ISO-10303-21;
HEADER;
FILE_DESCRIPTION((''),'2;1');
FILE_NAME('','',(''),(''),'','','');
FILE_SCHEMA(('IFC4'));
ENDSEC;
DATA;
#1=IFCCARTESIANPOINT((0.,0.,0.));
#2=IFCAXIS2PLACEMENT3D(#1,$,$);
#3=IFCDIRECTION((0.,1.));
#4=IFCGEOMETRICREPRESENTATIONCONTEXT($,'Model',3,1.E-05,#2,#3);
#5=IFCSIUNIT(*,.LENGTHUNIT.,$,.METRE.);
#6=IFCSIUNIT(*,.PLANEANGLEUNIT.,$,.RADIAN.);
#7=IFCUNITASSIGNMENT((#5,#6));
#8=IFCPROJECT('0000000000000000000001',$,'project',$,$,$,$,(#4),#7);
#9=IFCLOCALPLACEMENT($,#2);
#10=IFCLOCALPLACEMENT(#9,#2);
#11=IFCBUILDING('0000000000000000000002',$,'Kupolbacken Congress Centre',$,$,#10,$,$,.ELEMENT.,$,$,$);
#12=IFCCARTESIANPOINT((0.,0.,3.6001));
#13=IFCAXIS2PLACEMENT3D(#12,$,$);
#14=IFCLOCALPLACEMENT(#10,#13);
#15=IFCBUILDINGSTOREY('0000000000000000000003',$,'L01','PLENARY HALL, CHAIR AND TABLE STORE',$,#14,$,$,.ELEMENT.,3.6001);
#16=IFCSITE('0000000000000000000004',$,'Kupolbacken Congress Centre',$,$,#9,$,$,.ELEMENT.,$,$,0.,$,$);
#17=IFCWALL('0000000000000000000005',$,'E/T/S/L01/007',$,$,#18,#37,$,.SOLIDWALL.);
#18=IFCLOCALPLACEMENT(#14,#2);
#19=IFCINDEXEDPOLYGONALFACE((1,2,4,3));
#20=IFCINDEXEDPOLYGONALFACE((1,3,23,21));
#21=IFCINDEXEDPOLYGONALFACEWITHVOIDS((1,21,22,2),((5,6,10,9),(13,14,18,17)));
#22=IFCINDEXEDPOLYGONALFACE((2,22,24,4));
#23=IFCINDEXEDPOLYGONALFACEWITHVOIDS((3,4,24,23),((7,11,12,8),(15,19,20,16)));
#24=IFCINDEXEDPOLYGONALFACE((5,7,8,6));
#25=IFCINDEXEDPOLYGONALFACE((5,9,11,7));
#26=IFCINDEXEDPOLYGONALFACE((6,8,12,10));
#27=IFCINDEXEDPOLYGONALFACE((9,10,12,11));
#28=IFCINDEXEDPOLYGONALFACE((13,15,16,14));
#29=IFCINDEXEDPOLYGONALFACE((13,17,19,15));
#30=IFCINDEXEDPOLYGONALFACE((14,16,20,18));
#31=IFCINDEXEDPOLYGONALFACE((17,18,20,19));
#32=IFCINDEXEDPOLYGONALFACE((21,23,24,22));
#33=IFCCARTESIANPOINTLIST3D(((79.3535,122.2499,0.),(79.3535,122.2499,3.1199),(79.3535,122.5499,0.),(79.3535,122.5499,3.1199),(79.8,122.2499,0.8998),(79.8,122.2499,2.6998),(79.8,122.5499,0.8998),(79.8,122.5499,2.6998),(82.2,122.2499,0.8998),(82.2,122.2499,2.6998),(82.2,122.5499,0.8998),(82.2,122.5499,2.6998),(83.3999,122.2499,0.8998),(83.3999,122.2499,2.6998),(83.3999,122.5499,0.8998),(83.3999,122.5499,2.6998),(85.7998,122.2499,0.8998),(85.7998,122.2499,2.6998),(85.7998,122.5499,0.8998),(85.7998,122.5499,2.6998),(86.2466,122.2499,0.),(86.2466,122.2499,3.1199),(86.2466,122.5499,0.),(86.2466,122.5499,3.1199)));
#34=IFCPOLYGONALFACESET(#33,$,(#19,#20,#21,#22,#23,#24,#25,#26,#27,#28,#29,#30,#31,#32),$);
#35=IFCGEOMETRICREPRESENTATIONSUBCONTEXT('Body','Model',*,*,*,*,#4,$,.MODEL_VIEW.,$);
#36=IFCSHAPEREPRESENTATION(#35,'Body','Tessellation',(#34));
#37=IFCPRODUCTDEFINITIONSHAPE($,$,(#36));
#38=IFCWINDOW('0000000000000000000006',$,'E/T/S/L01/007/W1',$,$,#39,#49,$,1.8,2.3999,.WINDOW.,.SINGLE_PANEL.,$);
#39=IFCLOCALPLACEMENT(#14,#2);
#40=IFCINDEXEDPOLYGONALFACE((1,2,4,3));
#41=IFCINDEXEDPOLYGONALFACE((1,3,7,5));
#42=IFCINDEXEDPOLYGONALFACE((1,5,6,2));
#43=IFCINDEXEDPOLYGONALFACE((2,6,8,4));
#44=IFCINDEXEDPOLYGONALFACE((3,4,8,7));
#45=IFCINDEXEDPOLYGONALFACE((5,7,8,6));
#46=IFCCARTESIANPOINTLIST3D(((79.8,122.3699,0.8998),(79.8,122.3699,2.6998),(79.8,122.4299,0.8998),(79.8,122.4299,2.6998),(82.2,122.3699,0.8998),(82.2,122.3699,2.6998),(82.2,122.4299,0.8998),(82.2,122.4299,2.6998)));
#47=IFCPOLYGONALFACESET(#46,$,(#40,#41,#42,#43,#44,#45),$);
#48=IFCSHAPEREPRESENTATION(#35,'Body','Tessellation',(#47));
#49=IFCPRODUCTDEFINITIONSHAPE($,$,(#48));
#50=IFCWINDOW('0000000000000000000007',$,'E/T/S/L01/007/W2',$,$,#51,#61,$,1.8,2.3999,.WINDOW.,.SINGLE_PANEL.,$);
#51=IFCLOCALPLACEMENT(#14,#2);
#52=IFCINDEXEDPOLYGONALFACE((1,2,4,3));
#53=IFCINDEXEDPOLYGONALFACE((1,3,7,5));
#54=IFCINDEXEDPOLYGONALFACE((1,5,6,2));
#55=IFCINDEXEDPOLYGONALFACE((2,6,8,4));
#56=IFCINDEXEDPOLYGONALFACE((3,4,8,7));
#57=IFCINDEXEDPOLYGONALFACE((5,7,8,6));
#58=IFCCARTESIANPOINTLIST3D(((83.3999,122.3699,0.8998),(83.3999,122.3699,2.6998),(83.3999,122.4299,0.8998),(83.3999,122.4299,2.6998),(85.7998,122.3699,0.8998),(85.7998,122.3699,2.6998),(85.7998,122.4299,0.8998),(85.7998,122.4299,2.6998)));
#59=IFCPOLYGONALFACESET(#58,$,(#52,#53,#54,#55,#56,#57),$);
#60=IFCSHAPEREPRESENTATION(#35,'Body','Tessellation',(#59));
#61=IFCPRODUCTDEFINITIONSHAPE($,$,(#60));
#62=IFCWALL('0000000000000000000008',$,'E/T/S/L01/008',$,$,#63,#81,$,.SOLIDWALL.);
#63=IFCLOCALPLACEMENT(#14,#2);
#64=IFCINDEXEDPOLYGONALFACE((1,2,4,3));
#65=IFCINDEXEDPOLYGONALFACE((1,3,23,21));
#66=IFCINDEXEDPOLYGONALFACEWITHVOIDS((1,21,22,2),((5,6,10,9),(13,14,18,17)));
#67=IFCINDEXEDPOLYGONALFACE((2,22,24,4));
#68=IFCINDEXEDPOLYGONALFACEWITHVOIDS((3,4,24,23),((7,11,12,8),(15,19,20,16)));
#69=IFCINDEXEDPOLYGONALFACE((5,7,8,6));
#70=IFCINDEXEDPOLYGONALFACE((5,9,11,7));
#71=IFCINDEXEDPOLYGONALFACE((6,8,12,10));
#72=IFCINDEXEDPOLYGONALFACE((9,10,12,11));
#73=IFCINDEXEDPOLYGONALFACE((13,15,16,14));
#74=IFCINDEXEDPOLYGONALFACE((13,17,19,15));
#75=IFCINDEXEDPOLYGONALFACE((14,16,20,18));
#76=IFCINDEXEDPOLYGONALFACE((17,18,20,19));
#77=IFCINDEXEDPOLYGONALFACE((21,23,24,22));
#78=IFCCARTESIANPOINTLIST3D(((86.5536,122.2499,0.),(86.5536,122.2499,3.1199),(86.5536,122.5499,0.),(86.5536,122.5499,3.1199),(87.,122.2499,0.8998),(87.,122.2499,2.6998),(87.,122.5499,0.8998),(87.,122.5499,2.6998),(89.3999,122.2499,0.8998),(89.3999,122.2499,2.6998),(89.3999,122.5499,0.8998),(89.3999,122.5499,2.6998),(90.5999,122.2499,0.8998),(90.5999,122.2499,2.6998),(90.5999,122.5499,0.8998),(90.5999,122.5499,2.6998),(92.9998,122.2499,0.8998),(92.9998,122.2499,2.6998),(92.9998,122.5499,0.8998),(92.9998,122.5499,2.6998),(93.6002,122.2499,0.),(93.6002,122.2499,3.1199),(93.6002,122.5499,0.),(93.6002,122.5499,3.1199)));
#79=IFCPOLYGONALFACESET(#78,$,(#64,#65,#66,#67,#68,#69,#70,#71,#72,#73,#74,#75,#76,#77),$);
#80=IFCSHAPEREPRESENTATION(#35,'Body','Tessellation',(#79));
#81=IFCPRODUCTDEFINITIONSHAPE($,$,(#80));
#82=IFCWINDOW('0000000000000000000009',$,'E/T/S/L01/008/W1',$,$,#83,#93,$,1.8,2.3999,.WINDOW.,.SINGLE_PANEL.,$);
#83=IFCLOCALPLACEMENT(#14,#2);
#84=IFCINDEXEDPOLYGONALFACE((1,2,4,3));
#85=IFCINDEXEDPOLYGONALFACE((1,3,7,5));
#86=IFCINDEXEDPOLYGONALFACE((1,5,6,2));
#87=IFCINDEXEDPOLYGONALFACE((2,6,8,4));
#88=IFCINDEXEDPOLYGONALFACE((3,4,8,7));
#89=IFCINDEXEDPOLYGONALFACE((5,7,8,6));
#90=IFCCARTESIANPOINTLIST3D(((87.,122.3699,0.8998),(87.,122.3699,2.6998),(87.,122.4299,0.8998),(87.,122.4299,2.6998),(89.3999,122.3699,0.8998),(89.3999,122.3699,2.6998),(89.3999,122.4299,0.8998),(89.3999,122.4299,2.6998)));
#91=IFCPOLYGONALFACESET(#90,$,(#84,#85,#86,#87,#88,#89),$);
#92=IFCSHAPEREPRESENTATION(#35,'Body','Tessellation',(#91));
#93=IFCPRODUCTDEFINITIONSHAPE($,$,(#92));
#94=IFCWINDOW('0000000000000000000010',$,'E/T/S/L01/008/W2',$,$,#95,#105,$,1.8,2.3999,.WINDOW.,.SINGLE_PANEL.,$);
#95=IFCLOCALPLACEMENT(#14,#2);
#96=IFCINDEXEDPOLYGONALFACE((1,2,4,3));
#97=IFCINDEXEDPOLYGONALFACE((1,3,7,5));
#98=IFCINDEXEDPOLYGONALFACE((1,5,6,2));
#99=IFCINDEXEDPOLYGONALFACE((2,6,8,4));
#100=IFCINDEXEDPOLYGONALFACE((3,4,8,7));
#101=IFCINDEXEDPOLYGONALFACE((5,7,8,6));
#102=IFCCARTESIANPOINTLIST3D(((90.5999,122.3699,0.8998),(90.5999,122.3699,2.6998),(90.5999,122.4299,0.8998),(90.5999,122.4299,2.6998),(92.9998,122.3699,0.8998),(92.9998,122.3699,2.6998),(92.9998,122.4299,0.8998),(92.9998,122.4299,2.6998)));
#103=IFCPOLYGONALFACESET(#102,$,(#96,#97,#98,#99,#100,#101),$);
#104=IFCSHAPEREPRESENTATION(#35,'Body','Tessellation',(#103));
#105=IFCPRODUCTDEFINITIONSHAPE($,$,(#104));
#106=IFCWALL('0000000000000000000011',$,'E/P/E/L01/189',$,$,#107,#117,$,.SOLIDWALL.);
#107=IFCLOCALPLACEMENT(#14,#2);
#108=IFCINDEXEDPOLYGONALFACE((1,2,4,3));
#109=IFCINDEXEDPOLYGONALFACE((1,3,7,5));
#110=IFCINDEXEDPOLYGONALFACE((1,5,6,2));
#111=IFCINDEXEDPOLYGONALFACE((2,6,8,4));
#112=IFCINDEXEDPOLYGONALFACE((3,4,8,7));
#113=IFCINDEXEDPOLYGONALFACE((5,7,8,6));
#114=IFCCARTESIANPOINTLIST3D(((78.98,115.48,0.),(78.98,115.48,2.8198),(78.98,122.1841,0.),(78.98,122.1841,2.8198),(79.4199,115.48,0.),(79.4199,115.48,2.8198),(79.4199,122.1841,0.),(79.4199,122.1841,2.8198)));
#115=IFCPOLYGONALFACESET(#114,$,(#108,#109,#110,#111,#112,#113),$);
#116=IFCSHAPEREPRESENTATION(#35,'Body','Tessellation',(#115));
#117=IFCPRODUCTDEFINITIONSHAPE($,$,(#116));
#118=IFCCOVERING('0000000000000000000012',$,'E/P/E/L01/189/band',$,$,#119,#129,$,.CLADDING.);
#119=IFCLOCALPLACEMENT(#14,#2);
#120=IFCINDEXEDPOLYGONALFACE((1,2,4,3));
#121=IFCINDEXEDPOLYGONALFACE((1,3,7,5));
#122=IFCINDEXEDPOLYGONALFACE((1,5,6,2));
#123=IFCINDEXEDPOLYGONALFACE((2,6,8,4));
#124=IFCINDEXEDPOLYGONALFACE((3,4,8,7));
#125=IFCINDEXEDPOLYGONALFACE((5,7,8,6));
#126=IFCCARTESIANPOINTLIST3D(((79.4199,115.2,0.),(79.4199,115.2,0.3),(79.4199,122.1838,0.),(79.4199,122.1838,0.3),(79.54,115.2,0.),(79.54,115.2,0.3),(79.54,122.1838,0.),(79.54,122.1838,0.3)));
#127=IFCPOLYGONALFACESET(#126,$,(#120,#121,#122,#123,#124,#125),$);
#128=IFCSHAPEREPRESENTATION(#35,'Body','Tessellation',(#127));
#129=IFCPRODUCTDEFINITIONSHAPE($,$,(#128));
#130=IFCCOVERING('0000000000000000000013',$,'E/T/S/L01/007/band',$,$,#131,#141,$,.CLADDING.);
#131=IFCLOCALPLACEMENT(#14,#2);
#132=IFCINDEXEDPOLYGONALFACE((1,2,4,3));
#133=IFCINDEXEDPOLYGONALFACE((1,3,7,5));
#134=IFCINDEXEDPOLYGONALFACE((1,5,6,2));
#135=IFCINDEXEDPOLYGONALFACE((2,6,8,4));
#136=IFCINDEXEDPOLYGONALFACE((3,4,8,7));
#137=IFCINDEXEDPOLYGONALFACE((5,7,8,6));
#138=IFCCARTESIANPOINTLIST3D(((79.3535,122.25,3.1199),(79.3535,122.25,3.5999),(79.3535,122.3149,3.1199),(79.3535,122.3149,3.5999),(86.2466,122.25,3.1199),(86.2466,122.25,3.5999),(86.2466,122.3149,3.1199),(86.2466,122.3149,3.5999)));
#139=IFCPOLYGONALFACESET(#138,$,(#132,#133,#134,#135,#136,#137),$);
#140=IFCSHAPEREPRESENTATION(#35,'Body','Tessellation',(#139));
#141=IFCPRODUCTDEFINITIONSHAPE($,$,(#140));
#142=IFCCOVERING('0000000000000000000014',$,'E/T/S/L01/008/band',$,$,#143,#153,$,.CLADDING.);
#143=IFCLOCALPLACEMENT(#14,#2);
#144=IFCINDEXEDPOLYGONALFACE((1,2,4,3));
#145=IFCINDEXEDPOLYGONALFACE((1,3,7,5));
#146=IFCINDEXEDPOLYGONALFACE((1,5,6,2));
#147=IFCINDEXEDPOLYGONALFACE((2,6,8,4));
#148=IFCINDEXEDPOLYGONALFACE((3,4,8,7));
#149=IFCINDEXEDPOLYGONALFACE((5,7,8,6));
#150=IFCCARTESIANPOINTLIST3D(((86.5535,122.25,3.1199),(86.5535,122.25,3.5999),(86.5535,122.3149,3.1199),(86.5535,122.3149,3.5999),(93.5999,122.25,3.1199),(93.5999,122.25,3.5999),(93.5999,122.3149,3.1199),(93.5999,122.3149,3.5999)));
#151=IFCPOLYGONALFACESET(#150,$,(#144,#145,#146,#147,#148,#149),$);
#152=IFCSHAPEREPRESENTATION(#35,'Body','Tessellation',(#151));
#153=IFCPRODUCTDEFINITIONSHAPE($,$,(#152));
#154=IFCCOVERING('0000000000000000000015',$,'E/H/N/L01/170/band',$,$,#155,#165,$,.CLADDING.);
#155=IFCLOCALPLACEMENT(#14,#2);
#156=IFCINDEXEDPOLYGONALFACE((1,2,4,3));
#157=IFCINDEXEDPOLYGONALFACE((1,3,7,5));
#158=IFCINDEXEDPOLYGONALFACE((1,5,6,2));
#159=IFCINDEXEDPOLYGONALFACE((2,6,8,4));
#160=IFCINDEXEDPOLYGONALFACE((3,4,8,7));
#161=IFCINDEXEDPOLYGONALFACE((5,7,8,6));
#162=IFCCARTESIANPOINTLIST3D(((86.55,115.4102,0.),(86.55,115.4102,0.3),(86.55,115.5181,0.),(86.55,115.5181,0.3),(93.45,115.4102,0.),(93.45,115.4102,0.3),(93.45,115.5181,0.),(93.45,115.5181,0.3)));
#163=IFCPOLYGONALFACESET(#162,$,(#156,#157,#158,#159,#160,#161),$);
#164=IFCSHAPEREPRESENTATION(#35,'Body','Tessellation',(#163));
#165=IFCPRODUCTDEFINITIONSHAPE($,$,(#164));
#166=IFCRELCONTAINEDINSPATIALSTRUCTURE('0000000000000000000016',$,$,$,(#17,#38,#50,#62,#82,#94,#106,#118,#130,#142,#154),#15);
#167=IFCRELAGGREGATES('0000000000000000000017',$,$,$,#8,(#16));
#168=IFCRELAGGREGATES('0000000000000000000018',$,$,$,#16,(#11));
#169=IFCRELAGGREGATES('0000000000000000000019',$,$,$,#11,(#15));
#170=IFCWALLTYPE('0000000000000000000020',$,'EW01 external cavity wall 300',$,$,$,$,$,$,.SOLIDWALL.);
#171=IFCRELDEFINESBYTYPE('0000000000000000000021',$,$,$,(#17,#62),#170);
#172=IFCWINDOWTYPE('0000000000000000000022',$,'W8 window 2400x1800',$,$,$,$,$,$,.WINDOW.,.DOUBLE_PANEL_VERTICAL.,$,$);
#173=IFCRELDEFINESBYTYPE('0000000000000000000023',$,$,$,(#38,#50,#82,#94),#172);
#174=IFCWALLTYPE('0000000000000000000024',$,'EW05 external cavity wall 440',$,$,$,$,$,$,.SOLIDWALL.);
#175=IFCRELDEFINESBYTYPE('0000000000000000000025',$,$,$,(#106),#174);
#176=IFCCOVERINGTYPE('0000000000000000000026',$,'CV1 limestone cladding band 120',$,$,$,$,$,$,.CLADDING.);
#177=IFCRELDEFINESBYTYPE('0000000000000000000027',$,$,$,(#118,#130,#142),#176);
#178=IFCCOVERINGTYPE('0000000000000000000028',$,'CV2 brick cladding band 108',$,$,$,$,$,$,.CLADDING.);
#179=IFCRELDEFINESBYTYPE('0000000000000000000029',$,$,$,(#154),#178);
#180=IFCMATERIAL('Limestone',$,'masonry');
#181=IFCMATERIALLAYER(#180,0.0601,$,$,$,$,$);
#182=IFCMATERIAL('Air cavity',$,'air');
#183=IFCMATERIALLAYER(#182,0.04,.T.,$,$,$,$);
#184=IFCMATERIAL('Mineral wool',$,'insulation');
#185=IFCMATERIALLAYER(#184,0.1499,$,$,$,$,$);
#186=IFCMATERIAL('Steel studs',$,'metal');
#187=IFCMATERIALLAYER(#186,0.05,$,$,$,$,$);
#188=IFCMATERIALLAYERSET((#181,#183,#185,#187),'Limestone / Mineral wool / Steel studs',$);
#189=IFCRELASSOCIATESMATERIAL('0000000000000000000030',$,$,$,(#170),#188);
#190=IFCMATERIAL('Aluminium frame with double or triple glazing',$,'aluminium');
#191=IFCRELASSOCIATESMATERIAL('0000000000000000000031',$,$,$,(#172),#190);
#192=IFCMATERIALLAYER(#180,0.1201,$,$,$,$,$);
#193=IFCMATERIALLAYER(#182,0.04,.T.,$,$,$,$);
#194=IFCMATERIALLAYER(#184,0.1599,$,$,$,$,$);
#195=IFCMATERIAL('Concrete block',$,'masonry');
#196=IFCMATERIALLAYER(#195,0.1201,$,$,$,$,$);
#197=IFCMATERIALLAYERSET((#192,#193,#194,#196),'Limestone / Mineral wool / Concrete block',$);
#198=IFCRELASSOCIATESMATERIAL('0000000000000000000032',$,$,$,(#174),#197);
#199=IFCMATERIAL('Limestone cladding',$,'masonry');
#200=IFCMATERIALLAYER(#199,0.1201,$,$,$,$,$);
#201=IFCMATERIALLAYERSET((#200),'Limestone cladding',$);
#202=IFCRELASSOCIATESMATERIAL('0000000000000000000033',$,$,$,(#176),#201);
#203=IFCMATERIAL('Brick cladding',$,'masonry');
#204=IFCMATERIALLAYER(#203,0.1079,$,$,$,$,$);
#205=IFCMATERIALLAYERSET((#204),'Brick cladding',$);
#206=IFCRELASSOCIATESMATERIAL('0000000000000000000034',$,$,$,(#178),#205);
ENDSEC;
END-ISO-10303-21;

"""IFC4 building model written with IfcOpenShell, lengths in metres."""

from ifc_helpers import new_model, si_unit, direction, frame, frame_2d, origin, origin_2d, place, context, subcontext, project, spatial, rectangle, extrude, material, layer, layer_set, type_object, element, fill, save


model = new_model("IFC4")

# Units and contexts
model_context = context("Model", 3, precision=1e-05, world=origin(), true_north=direction((0.0, 1.0)))
body_context = subcontext(model_context, "Body", "Model", "MODEL_VIEW")
ifc_project = project(units=[si_unit("LENGTHUNIT", "METRE"), si_unit("PLANEANGLEUNIT", "RADIAN")], contexts=[model_context])

# Site, building, storey
site_placement = place(None, origin())
site = spatial("IfcSite", under=ifc_project, at=site_placement, Name="Kupolbacken Congress Centre", CompositionType="ELEMENT", RefElevation=0.0)
building_placement = place(site_placement, origin())
building = spatial("IfcBuilding", under=site, at=building_placement, Name="Kupolbacken Congress Centre", CompositionType="ELEMENT")
storey_placement = place(building_placement, frame((0.0, 0.0, 3.6001)))
storey = spatial("IfcBuildingStorey", under=building, at=storey_placement, Name="L01", Description="PLENARY HALL, CHAIR AND TABLE STORE", CompositionType="ELEMENT", Elevation=3.6001)

# Walls, openings, windows
ifc_material_1 = material(Name="Limestone", Category="masonry")
ifc_layer_1 = layer(ifc_material_1, 0.0601)
ifc_material_2 = material(Name="Air cavity", Category="air")
ifc_layer_2 = layer(ifc_material_2, 0.04, ventilated=True)
ifc_material_3 = material(Name="Mineral wool", Category="insulation")
ifc_layer_3 = layer(ifc_material_3, 0.1499)
ifc_material_4 = material(Name="Steel studs", Category="metal")
ifc_layer_4 = layer(ifc_material_4, 0.05)
ifc_layer_set_1 = layer_set([ifc_layer_1, ifc_layer_2, ifc_layer_3, ifc_layer_4], Name="Limestone / Mineral wool / Steel studs")
wall_type_1 = type_object("IfcWallType", Name="EW01 external cavity wall 300", PredefinedType="SOLIDWALL", material=ifc_layer_set_1)
wall_1_placement = place(storey_placement, frame((79.3535, 122.3999, 0.0), z_axis=(0.0, 0.0, 1.0), x_axis=(1.0, 0.0, 0.0)))
wall_1 = element("IfcWall", 1, at=wall_1_placement, inside=storey, type_object=wall_type_1, Name="E/T/S/L01/007", PredefinedType="SOLIDWALL", context=body_context, shape_type="SweptSolid", body=[
    extrude(rectangle(XDim=6.8931, YDim=0.3, at=frame_2d((3.4465, 0.0))), origin(), (0.0, 0.0, 1.0), 3.1199),
])
opening_1_placement = place(wall_1_placement, frame((0.4465, 0.0, 0.8999)))
opening_1 = element("IfcOpeningElement", 2, at=opening_1_placement, cuts=wall_1, PredefinedType="OPENING", context=body_context, shape_type="SweptSolid", body=[
    extrude(rectangle(XDim=2.3999, YDim=1.8, at=frame_2d((1.2, 0.8999))), frame((0.0, 0.1599, 0.0), z_axis=(0.0, -1.0, 0.0), x_axis=(1.0, 0.0, 0.0)), (0.0, 0.0, 1.0), 0.3201),
])
opening_2_placement = place(wall_1_placement, frame((4.0464, 0.0, 0.8999)))
opening_2 = element("IfcOpeningElement", 3, at=opening_2_placement, cuts=wall_1, PredefinedType="OPENING", context=body_context, shape_type="SweptSolid", body=[
    extrude(rectangle(XDim=2.3999, YDim=1.8, at=frame_2d((1.2, 0.8999))), frame((0.0, 0.1599, 0.0), z_axis=(0.0, -1.0, 0.0), x_axis=(1.0, 0.0, 0.0)), (0.0, 0.0, 1.0), 0.3201),
])
ifc_material_5 = material(Name="Aluminium frame with double or triple glazing", Category="aluminium")
window_type = type_object("IfcWindowType", Name="W8 window 2400x1800", PartitioningType="DOUBLE_PANEL_VERTICAL", PredefinedType="WINDOW", material=ifc_material_5)
window_1_placement = place(opening_1_placement, origin())
window_1 = element("IfcWindow", 4, at=window_1_placement, inside=storey, type_object=window_type, Name="E/T/S/L01/007/W1", OverallHeight=1.8, OverallWidth=2.3999, PartitioningType="SINGLE_PANEL", PredefinedType="WINDOW", context=body_context, shape_type="SweptSolid", body=[
    extrude(rectangle(XDim=2.3999, YDim=1.8, at=frame_2d((1.2, 0.8999))), frame((0.0, 0.03, 0.0), z_axis=(0.0, -1.0, 0.0), x_axis=(1.0, 0.0, 0.0)), (0.0, 0.0, 1.0), 0.0601),
])
fill(opening_1, window_1)
window_2_placement = place(opening_2_placement, origin())
window_2 = element("IfcWindow", 5, at=window_2_placement, inside=storey, type_object=window_type, Name="E/T/S/L01/007/W2", OverallHeight=1.8, OverallWidth=2.3999, PartitioningType="SINGLE_PANEL", PredefinedType="WINDOW", context=body_context, shape_type="SweptSolid", body=[
    extrude(rectangle(XDim=2.3999, YDim=1.8, at=frame_2d((1.2, 0.8999))), frame((0.0, 0.03, 0.0), z_axis=(0.0, -1.0, 0.0), x_axis=(1.0, 0.0, 0.0)), (0.0, 0.0, 1.0), 0.0601),
])
fill(opening_2, window_2)
wall_2_placement = place(storey_placement, frame((86.5535, 122.3999, 0.0), z_axis=(0.0, 0.0, 1.0), x_axis=(1.0, 0.0, 0.0)))
wall_2 = element("IfcWall", 6, at=wall_2_placement, inside=storey, type_object=wall_type_1, Name="E/T/S/L01/008", PredefinedType="SOLIDWALL", context=body_context, shape_type="SweptSolid", body=[
    extrude(rectangle(XDim=7.0466, YDim=0.3, at=frame_2d((3.5234, 0.0))), origin(), (0.0, 0.0, 1.0), 3.1199),
])
opening_3_placement = place(wall_2_placement, frame((0.4465, 0.0, 0.8999)))
opening_3 = element("IfcOpeningElement", 7, at=opening_3_placement, cuts=wall_2, PredefinedType="OPENING", context=body_context, shape_type="SweptSolid", body=[
    extrude(rectangle(XDim=2.3999, YDim=1.8, at=frame_2d((1.2, 0.8999))), frame((0.0, 0.1599, 0.0), z_axis=(0.0, -1.0, 0.0), x_axis=(1.0, 0.0, 0.0)), (0.0, 0.0, 1.0), 0.3201),
])
opening_4_placement = place(wall_2_placement, frame((4.0464, 0.0, 0.8999)))
opening_4 = element("IfcOpeningElement", 8, at=opening_4_placement, cuts=wall_2, PredefinedType="OPENING", context=body_context, shape_type="SweptSolid", body=[
    extrude(rectangle(XDim=2.3999, YDim=1.8, at=frame_2d((1.2, 0.8999))), frame((0.0, 0.1599, 0.0), z_axis=(0.0, -1.0, 0.0), x_axis=(1.0, 0.0, 0.0)), (0.0, 0.0, 1.0), 0.3201),
])
window_3_placement = place(opening_3_placement, origin())
window_3 = element("IfcWindow", 9, at=window_3_placement, inside=storey, type_object=window_type, Name="E/T/S/L01/008/W1", OverallHeight=1.8, OverallWidth=2.3999, PartitioningType="SINGLE_PANEL", PredefinedType="WINDOW", context=body_context, shape_type="SweptSolid", body=[
    extrude(rectangle(XDim=2.3999, YDim=1.8, at=frame_2d((1.2, 0.8999))), frame((0.0, 0.03, 0.0), z_axis=(0.0, -1.0, 0.0), x_axis=(1.0, 0.0, 0.0)), (0.0, 0.0, 1.0), 0.0601),
])
fill(opening_3, window_3)
window_4_placement = place(opening_4_placement, origin())
window_4 = element("IfcWindow", 10, at=window_4_placement, inside=storey, type_object=window_type, Name="E/T/S/L01/008/W2", OverallHeight=1.8, OverallWidth=2.3999, PartitioningType="SINGLE_PANEL", PredefinedType="WINDOW", context=body_context, shape_type="SweptSolid", body=[
    extrude(rectangle(XDim=2.3999, YDim=1.8, at=frame_2d((1.2, 0.8999))), frame((0.0, 0.03, 0.0), z_axis=(0.0, -1.0, 0.0), x_axis=(1.0, 0.0, 0.0)), (0.0, 0.0, 1.0), 0.0601),
])
fill(opening_4, window_4)

# Wall
ifc_layer_5 = layer(ifc_material_1, 0.1201)
ifc_layer_6 = layer(ifc_material_2, 0.04, ventilated=True)
ifc_layer_7 = layer(ifc_material_3, 0.1599)
ifc_material_6 = material(Name="Concrete block", Category="masonry")
ifc_layer_8 = layer(ifc_material_6, 0.1201)
ifc_layer_set_2 = layer_set([ifc_layer_5, ifc_layer_6, ifc_layer_7, ifc_layer_8], Name="Limestone / Mineral wool / Concrete block")
wall_type_2 = type_object("IfcWallType", Name="EW05 external cavity wall 440", PredefinedType="SOLIDWALL", material=ifc_layer_set_2)
wall_3_placement = place(storey_placement, frame((79.2, 115.48, 0.0), z_axis=(0.0, 0.0, 1.0), x_axis=(0.0, 1.0, 0.0)))
element("IfcWall", 11, at=wall_3_placement, inside=storey, type_object=wall_type_2, Name="E/P/E/L01/189", PredefinedType="SOLIDWALL", context=body_context, shape_type="SweptSolid", body=[
    extrude(rectangle(XDim=6.7041, YDim=0.4399, at=frame_2d((3.3521, 0.0))), origin(), (0.0, 0.0, 1.0), 2.8198),
])

# Coverings
ifc_material_7 = material(Name="Limestone cladding", Category="masonry")
ifc_layer_9 = layer(ifc_material_7, 0.1201)
ifc_layer_set_3 = layer_set([ifc_layer_9], Name="Limestone cladding")
covering_type_1 = type_object("IfcCoveringType", Name="CV1 limestone cladding band 120", PredefinedType="CLADDING", material=ifc_layer_set_3)
covering_1_placement = place(storey_placement, frame((79.48, 118.6919, 0.0), z_axis=(0.0, 0.0, 1.0), x_axis=(0.0, 1.0, 0.0)))
element("IfcCovering", 12, at=covering_1_placement, inside=storey, type_object=covering_type_1, Name="E/P/E/L01/189/band", PredefinedType="CLADDING", context=body_context, shape_type="SweptSolid", body=[
    extrude(rectangle(XDim=6.9839, YDim=0.1201, at=origin_2d()), origin(), (0.0, 0.0, 1.0), 0.3),
])
covering_2_placement = place(storey_placement, frame((82.8, 122.2825, 3.1199), z_axis=(0.0, 0.0, 1.0), x_axis=(1.0, 0.0, 0.0)))
element("IfcCovering", 13, at=covering_2_placement, inside=storey, type_object=covering_type_1, Name="E/T/S/L01/007/band", PredefinedType="CLADDING", context=body_context, shape_type="SweptSolid", body=[
    extrude(rectangle(XDim=6.8931, YDim=0.0649, at=origin_2d()), origin(), (0.0, 0.0, 1.0), 0.48),
])
covering_3_placement = place(storey_placement, frame((90.0767, 122.2825, 3.1199), z_axis=(0.0, 0.0, 1.0), x_axis=(1.0, 0.0, 0.0)))
element("IfcCovering", 14, at=covering_3_placement, inside=storey, type_object=covering_type_1, Name="E/T/S/L01/008/band", PredefinedType="CLADDING", context=body_context, shape_type="SweptSolid", body=[
    extrude(rectangle(XDim=7.0464, YDim=0.0649, at=origin_2d()), origin(), (0.0, 0.0, 1.0), 0.48),
])
ifc_material_8 = material(Name="Brick cladding", Category="masonry")
ifc_layer_10 = layer(ifc_material_8, 0.1079)
ifc_layer_set_4 = layer_set([ifc_layer_10], Name="Brick cladding")
covering_type_2 = type_object("IfcCoveringType", Name="CV2 brick cladding band 108", PredefinedType="CLADDING", material=ifc_layer_set_4)
covering_4_placement = place(storey_placement, frame((90.0, 115.4641, 0.0), z_axis=(0.0, 0.0, 1.0), x_axis=(-1.0, 0.0, 0.0)))
element("IfcCovering", 15, at=covering_4_placement, inside=storey, type_object=covering_type_2, Name="E/H/N/L01/170/band", PredefinedType="CLADDING", context=body_context, shape_type="SweptSolid", body=[
    extrude(rectangle(XDim=6.8999, YDim=0.1079, at=origin_2d()), origin(), (0.0, 0.0, 1.0), 0.3),
])

save(model, "model.ifc")
